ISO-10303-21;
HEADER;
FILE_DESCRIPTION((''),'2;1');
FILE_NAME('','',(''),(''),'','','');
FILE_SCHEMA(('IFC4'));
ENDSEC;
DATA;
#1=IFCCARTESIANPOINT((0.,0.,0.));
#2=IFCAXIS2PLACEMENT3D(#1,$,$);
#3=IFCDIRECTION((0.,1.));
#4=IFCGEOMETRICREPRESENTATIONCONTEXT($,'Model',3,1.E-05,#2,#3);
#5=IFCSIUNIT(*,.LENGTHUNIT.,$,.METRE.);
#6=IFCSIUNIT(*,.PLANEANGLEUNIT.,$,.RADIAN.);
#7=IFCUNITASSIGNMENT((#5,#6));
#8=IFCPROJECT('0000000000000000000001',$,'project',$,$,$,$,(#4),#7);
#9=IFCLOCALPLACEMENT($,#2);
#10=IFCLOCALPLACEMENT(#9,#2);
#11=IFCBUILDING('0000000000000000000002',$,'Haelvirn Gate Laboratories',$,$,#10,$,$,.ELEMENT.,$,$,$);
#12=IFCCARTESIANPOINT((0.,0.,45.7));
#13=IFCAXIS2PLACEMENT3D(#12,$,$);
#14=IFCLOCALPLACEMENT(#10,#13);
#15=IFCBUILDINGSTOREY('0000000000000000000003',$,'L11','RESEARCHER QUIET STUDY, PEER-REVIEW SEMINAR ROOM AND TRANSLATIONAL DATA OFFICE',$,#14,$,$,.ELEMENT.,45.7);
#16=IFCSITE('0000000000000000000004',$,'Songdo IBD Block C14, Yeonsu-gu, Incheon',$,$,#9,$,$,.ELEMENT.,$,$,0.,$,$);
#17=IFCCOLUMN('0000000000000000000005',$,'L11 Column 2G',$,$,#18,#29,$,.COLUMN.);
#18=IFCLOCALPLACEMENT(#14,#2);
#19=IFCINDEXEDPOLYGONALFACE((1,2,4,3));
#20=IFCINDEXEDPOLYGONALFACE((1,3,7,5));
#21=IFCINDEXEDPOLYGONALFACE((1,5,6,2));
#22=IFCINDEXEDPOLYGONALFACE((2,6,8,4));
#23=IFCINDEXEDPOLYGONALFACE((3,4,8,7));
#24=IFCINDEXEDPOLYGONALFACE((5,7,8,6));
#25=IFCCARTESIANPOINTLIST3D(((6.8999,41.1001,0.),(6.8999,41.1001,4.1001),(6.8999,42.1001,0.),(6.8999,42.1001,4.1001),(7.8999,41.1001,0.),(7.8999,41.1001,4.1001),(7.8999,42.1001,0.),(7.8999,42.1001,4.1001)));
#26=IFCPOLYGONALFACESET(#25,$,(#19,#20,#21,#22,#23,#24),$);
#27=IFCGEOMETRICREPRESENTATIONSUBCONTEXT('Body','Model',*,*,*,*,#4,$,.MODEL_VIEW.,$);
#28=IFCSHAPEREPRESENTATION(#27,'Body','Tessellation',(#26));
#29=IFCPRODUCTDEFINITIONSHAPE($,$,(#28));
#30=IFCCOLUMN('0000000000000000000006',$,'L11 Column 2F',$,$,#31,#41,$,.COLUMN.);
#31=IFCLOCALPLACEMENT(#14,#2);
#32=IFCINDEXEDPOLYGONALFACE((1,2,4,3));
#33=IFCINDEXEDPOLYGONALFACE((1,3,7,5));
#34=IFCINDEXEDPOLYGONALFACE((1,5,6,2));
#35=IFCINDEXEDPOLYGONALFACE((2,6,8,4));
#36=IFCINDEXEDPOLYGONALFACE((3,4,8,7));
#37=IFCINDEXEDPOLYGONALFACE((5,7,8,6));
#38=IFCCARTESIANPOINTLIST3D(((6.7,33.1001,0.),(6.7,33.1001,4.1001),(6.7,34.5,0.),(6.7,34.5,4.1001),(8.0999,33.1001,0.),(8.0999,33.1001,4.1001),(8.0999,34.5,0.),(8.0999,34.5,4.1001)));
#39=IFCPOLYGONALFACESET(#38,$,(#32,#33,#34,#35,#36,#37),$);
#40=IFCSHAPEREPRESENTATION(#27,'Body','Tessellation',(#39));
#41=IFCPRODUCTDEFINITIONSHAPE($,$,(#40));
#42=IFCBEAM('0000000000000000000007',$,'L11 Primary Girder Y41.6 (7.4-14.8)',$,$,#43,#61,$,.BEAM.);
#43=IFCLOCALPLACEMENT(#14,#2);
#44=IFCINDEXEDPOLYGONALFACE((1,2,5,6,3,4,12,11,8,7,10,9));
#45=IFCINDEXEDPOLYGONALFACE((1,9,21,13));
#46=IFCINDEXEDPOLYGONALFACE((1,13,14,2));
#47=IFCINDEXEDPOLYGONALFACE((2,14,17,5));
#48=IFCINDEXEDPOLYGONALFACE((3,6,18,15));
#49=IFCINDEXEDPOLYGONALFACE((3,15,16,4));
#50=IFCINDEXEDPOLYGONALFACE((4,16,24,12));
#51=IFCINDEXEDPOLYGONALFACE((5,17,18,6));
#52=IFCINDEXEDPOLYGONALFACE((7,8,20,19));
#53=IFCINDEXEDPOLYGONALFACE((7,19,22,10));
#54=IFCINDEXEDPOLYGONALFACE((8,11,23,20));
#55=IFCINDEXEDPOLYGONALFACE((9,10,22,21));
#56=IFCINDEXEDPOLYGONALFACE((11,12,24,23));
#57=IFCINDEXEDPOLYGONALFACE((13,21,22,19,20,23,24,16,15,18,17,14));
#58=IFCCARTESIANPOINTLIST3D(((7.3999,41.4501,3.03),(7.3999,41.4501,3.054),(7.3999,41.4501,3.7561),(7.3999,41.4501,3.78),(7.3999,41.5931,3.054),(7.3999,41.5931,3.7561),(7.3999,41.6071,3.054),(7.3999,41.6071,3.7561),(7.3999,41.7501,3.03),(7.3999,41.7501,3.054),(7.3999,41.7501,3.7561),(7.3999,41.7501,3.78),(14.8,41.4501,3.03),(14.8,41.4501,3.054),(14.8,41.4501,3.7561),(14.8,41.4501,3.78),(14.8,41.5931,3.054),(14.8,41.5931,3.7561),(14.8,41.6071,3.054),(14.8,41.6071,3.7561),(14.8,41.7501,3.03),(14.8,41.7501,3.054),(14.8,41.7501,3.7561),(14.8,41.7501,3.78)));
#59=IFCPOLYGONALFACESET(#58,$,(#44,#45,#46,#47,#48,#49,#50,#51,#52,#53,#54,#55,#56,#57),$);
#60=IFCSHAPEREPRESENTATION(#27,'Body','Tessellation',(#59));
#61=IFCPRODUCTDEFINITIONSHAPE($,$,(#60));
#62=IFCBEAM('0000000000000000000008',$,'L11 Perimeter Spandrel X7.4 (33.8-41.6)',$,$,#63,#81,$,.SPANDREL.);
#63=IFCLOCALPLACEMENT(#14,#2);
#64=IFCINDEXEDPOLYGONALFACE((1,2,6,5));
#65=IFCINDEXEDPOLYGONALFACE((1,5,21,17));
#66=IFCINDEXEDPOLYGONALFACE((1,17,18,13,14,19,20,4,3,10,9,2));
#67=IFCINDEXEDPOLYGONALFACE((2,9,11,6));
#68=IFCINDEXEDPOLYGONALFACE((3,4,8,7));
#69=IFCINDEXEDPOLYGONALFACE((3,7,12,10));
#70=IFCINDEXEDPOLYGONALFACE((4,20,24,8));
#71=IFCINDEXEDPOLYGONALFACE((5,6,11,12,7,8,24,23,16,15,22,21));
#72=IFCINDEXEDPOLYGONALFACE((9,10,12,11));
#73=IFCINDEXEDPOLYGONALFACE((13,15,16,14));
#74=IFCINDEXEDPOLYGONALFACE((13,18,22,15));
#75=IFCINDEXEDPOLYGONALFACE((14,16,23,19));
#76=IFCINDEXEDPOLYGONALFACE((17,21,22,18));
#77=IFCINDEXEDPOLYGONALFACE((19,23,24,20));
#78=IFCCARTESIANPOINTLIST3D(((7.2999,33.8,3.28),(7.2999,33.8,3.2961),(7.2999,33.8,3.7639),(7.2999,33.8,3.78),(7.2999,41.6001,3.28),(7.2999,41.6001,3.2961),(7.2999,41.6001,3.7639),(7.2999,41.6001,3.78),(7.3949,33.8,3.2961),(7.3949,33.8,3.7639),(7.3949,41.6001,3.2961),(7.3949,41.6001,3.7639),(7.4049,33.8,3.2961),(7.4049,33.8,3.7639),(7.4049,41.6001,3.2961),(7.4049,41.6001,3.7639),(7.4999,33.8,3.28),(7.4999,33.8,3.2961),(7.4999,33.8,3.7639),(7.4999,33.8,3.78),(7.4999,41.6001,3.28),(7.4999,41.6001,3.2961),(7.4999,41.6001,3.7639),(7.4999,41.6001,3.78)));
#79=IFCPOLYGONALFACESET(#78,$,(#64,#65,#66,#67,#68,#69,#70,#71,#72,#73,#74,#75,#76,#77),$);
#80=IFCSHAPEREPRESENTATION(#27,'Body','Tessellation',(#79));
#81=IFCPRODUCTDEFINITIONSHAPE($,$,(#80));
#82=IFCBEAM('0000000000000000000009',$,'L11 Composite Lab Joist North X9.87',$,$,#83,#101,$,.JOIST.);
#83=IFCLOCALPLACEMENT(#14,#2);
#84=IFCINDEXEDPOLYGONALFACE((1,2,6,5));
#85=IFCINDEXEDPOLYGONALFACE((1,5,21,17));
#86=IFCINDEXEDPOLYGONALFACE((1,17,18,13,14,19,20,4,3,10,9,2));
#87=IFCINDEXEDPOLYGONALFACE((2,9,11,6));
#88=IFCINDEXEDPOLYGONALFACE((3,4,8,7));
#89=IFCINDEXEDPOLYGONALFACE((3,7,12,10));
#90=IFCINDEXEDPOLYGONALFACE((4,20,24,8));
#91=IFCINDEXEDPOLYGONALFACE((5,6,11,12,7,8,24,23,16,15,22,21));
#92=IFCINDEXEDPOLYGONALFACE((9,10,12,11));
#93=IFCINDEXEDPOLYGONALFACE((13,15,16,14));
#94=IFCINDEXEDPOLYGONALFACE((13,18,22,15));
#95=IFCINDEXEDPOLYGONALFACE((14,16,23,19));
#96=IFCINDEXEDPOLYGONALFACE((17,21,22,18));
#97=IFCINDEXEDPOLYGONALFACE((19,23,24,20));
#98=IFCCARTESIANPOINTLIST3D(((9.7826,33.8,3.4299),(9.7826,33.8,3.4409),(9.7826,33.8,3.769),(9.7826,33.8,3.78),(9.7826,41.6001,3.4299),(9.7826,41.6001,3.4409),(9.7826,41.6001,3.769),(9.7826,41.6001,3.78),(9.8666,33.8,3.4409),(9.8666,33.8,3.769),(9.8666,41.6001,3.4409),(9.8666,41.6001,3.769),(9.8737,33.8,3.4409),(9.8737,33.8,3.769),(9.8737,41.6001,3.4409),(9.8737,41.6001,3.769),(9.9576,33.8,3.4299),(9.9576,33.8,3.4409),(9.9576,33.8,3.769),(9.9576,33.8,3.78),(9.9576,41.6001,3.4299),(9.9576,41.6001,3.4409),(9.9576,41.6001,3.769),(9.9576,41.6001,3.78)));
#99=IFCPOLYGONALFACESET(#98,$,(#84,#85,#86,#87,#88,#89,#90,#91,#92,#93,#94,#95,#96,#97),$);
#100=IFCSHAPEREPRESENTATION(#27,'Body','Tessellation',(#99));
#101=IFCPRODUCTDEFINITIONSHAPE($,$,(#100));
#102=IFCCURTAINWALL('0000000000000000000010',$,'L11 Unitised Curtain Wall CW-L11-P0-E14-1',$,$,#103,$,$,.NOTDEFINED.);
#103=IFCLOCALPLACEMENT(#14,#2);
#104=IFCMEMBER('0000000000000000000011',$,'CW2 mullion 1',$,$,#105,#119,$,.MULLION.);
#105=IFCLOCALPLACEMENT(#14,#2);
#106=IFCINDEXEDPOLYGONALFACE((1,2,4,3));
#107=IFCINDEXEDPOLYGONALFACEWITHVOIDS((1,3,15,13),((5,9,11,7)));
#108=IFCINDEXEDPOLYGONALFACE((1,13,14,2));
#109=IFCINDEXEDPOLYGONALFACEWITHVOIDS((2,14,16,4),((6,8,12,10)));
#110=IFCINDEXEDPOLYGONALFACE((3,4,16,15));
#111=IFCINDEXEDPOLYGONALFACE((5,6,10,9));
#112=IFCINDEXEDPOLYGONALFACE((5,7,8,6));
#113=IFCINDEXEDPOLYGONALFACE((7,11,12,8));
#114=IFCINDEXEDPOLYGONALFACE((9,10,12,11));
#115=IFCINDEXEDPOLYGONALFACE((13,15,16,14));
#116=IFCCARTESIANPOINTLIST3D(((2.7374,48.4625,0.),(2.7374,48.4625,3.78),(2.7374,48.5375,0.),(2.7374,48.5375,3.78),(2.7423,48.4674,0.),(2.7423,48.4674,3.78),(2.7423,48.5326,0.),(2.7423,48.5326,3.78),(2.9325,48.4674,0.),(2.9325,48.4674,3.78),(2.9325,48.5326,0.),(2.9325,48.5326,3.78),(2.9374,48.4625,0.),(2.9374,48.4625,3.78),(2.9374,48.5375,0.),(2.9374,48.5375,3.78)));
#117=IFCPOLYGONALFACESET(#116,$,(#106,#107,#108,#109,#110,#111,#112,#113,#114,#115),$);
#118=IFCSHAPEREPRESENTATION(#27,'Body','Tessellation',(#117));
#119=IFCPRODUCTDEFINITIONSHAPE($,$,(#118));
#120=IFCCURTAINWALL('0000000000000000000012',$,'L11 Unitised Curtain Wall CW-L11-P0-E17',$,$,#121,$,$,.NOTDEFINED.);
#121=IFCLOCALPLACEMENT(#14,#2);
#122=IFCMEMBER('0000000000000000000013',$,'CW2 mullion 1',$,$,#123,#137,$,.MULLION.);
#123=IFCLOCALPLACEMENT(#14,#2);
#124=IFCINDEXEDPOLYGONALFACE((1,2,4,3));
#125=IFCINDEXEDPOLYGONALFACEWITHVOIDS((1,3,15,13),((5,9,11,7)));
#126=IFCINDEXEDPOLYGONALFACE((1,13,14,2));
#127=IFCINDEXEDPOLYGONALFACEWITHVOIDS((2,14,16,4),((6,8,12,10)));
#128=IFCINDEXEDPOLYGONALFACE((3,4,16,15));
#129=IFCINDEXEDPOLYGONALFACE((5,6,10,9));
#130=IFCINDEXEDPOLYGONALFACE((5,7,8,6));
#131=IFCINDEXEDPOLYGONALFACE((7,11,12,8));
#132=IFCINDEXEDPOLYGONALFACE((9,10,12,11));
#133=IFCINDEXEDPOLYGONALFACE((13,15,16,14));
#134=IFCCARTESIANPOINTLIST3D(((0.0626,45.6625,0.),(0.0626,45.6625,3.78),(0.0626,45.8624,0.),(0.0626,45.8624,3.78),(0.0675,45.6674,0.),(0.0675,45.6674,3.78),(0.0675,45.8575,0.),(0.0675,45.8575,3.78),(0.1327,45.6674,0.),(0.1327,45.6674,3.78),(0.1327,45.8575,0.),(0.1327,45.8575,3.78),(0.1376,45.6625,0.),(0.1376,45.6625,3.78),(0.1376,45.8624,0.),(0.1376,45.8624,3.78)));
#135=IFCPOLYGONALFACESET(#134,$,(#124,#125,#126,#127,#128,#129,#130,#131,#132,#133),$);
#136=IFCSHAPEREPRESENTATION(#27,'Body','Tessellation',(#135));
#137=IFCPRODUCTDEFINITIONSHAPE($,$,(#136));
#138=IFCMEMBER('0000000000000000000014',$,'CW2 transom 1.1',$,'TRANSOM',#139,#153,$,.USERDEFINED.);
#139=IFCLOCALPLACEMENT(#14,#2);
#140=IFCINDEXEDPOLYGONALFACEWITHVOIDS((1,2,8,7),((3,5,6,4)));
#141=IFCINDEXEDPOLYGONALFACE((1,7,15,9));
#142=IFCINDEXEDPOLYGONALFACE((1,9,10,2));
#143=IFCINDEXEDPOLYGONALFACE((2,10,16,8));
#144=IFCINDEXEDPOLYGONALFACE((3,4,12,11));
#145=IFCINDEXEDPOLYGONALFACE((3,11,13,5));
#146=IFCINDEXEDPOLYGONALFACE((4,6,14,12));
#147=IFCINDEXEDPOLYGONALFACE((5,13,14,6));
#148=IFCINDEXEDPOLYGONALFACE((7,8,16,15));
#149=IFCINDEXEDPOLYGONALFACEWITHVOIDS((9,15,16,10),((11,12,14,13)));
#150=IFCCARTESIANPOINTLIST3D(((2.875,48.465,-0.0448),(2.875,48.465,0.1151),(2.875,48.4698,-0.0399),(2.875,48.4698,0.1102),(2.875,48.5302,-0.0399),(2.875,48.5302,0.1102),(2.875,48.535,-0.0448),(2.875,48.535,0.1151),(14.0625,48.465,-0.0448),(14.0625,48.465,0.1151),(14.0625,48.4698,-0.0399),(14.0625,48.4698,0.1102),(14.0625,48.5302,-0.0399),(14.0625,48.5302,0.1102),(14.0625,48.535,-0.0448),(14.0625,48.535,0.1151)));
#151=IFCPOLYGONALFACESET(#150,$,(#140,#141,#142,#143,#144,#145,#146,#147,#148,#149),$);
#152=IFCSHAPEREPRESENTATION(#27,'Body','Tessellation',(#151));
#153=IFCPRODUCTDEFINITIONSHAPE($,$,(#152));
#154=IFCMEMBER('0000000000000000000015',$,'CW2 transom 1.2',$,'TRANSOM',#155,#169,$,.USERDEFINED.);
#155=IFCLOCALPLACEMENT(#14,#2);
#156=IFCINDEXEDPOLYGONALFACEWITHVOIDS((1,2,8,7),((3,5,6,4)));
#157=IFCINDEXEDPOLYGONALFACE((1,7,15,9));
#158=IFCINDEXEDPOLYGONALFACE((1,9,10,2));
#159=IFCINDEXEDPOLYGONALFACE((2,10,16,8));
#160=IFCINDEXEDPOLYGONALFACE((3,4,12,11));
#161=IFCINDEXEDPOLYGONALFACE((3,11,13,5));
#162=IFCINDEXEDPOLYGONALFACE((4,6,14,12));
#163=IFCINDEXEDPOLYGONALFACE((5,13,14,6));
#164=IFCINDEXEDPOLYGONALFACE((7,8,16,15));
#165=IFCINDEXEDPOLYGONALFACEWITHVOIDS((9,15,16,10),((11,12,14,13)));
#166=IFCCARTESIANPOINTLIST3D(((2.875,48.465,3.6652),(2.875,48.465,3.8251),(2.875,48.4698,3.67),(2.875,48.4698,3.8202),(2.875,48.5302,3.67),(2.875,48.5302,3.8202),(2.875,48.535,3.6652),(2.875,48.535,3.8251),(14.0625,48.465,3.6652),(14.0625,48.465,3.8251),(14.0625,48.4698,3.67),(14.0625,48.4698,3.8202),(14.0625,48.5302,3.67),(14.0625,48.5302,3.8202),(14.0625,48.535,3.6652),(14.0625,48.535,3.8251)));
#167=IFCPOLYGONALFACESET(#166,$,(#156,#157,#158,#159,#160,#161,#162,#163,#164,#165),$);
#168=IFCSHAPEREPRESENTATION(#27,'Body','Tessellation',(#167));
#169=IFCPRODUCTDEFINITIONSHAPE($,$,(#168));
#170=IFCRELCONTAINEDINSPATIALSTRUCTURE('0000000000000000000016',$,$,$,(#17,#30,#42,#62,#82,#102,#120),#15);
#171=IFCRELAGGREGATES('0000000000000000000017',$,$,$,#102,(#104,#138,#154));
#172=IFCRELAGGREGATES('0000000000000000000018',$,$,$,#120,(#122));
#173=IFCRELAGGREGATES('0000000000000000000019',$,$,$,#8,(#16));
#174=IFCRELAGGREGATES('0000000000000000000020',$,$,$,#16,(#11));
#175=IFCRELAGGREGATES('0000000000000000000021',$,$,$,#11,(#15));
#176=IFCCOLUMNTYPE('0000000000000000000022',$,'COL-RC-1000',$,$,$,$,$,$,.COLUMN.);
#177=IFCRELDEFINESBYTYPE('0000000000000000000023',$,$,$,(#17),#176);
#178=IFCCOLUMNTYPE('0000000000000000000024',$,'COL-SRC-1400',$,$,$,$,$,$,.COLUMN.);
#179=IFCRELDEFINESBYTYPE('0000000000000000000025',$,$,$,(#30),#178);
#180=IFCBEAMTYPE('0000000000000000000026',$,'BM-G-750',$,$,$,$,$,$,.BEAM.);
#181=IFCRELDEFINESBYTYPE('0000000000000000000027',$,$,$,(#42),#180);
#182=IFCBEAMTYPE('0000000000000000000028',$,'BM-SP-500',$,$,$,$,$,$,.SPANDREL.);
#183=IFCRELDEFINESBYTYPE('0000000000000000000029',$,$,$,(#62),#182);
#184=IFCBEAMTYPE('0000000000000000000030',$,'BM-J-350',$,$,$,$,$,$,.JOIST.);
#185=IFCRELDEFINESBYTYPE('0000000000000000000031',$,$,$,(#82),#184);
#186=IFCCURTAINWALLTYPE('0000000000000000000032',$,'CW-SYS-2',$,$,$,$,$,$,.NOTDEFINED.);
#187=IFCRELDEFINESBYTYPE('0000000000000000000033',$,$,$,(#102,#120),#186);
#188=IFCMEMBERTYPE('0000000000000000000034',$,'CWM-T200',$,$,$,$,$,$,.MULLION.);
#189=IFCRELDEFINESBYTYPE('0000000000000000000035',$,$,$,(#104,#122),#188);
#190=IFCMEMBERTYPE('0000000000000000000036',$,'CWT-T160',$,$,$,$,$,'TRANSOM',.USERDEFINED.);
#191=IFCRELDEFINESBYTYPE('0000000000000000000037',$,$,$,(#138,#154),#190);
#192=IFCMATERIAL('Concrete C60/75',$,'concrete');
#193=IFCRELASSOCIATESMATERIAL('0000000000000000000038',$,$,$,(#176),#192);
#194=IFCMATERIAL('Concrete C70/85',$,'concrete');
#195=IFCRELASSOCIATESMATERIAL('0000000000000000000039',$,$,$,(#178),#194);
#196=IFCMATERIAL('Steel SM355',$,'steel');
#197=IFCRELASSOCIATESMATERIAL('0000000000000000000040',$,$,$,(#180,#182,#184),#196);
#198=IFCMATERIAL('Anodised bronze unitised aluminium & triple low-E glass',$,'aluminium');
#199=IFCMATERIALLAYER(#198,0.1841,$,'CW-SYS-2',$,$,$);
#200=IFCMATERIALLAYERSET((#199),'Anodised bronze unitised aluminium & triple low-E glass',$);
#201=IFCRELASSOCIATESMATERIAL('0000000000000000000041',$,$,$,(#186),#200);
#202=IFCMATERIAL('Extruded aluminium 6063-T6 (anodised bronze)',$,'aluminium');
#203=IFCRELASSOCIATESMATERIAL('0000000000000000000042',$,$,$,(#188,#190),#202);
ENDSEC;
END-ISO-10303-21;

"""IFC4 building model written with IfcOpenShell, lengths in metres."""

from ifc_helpers import new_model, si_unit, direction, frame, origin, origin_2d, place, context, subcontext, project, spatial, rectangle, hollow_rectangle, i_section, extrude, source, transform, mapped, material, layer, layer_set, material_profile, profile_set, type_object, type_shapes, element, aggregate, save


model = new_model("IFC4")

# Units and contexts
model_context = context("Model", 3, precision=1e-05, world=origin(), true_north=direction((0.0, 1.0)))
body_context = subcontext(model_context, "Body", "Model", "MODEL_VIEW")
ifc_project = project(units=[si_unit("LENGTHUNIT", "METRE"), si_unit("PLANEANGLEUNIT", "RADIAN")], contexts=[model_context])

# Site, building, storey
site_placement = place(None, origin())
site = spatial("IfcSite", under=ifc_project, at=site_placement, Name="Songdo IBD Block C14, Yeonsu-gu, Incheon", CompositionType="ELEMENT", RefElevation=0.0)
building_placement = place(site_placement, origin())
building = spatial("IfcBuilding", under=site, at=building_placement, Name="Haelvirn Gate Laboratories", CompositionType="ELEMENT")
storey_placement = place(building_placement, frame((0.0, 0.0, 45.7)))
storey = spatial("IfcBuildingStorey", under=building, at=storey_placement, Name="L11", Description="RESEARCHER QUIET STUDY, PEER-REVIEW SEMINAR ROOM AND TRANSLATIONAL DATA OFFICE", CompositionType="ELEMENT", Elevation=45.7)

# Columns
ifc_material_1 = material(Name="Concrete C60/75", Category="concrete")
ifc_material_profile_1 = material_profile(ifc_material_1, rectangle(XDim=1.0, YDim=1.0, at=origin_2d()), Name="RC-1000x1000")
ifc_profile_set_1 = profile_set([ifc_material_profile_1], Name="Concrete C60/75")
column_type_1 = type_object("IfcColumnType", Name="COL-RC-1000", PredefinedType="COLUMN", material=ifc_profile_set_1)
shared_shape_1 = source(origin(), body_context, "Body", "SweptSolid", [
    extrude(rectangle(XDim=1.0, YDim=1.0, at=origin_2d()), origin(), (0.0, 0.0, 1.0), 4.1001),
])
type_shapes(column_type_1, [shared_shape_1])
column_1_placement = place(storey_placement, frame((7.3999, 41.6001, 0.0), z_axis=(0.0, 0.0, 1.0), x_axis=(1.0, 0.0, 0.0)))
element("IfcColumn", 1, at=column_1_placement, inside=storey, type_object=column_type_1, Name="L11 Column 2G", PredefinedType="COLUMN", context=body_context, shape_type="MappedRepresentation", body=[
    mapped(shared_shape_1, transform((0.0, 0.0, 0.0), scale=1.0)),
])
ifc_material_2 = material(Name="Concrete C70/85", Category="concrete")
ifc_material_profile_2 = material_profile(ifc_material_2, rectangle(XDim=1.3999, YDim=1.3999, at=origin_2d()), Name="SRC-1400x1400")
ifc_profile_set_2 = profile_set([ifc_material_profile_2], Name="Concrete C70/85")
column_type_2 = type_object("IfcColumnType", Name="COL-SRC-1400", PredefinedType="COLUMN", material=ifc_profile_set_2)
shared_shape_2 = source(origin(), body_context, "Body", "SweptSolid", [
    extrude(rectangle(XDim=1.3999, YDim=1.3999, at=origin_2d()), origin(), (0.0, 0.0, 1.0), 4.1001),
])
type_shapes(column_type_2, [shared_shape_2])
column_2_placement = place(storey_placement, frame((7.3999, 33.8, 0.0), z_axis=(0.0, 0.0, 1.0), x_axis=(1.0, 0.0, 0.0)))
element("IfcColumn", 2, at=column_2_placement, inside=storey, type_object=column_type_2, Name="L11 Column 2F", PredefinedType="COLUMN", context=body_context, shape_type="MappedRepresentation", body=[
    mapped(shared_shape_2, transform((0.0, 0.0, 0.0), scale=1.0)),
])

# Beams
ifc_material_3 = material(Name="Steel SM355", Category="steel")
ifc_material_profile_3 = material_profile(ifc_material_3, i_section(OverallWidth=0.3, OverallDepth=0.75, WebThickness=0.0139, FlangeThickness=0.0239, at=origin_2d()), Name="H-750x300x14x24")
ifc_profile_set_3 = profile_set([ifc_material_profile_3], Name="Steel SM355")
beam_type_1 = type_object("IfcBeamType", Name="BM-G-750", PredefinedType="BEAM", material=ifc_profile_set_3)
shared_shape_3 = source(origin(), body_context, "Body", "SweptSolid", [
    extrude(i_section(OverallWidth=0.3, OverallDepth=0.75, WebThickness=0.0139, FlangeThickness=0.0239, at=origin_2d()), origin(), (0.0, 0.0, 1.0), 7.4001),
])
type_shapes(beam_type_1, [shared_shape_3])
beam_1_placement = place(storey_placement, frame((7.3999, 41.6001, 3.405), z_axis=(1.0, 0.0, 0.0), x_axis=(0.0, 1.0, 0.0)))
element("IfcBeam", 3, at=beam_1_placement, inside=storey, type_object=beam_type_1, Name="L11 Primary Girder Y41.6 (7.4-14.8)", PredefinedType="BEAM", context=body_context, shape_type="MappedRepresentation", body=[
    mapped(shared_shape_3, transform((0.0, 0.0, 0.0), scale=1.0)),
])
ifc_material_profile_4 = material_profile(ifc_material_3, i_section(OverallWidth=0.2, OverallDepth=0.5, WebThickness=0.01, FlangeThickness=0.0161, at=origin_2d()), Name="H-500x200x10x16")
ifc_profile_set_4 = profile_set([ifc_material_profile_4], Name="Steel SM355")
beam_type_2 = type_object("IfcBeamType", Name="BM-SP-500", PredefinedType="SPANDREL", material=ifc_profile_set_4)
shared_shape_4 = source(origin(), body_context, "Body", "SweptSolid", [
    extrude(i_section(OverallWidth=0.2, OverallDepth=0.5, WebThickness=0.01, FlangeThickness=0.0161, at=origin_2d()), origin(), (0.0, 0.0, 1.0), 7.8),
])
type_shapes(beam_type_2, [shared_shape_4])
beam_2_placement = place(storey_placement, frame((7.3999, 33.8, 3.53), z_axis=(0.0, 1.0, 0.0), x_axis=(-1.0, 0.0, 0.0)))
element("IfcBeam", 4, at=beam_2_placement, inside=storey, type_object=beam_type_2, Name="L11 Perimeter Spandrel X7.4 (33.8-41.6)", PredefinedType="SPANDREL", context=body_context, shape_type="MappedRepresentation", body=[
    mapped(shared_shape_4, transform((0.0, 0.0, 0.0), scale=1.0)),
])
ifc_material_profile_5 = material_profile(ifc_material_3, i_section(OverallWidth=0.175, OverallDepth=0.3501, WebThickness=0.0071, FlangeThickness=0.011, at=origin_2d()), Name="H-350x175x7x11")
ifc_profile_set_5 = profile_set([ifc_material_profile_5], Name="Steel SM355")
beam_type_3 = type_object("IfcBeamType", Name="BM-J-350", PredefinedType="JOIST", material=ifc_profile_set_5)
shared_shape_5 = source(origin(), body_context, "Body", "SweptSolid", [
    extrude(i_section(OverallWidth=0.175, OverallDepth=0.3501, WebThickness=0.0071, FlangeThickness=0.011, at=origin_2d()), origin(), (0.0, 0.0, 1.0), 7.8),
])
type_shapes(beam_type_3, [shared_shape_5])
beam_3_placement = place(storey_placement, frame((9.8701, 33.8, 3.605), z_axis=(0.0, 1.0, 0.0), x_axis=(-1.0, 0.0, 0.0)))
element("IfcBeam", 5, at=beam_3_placement, inside=storey, type_object=beam_type_3, Name="L11 Composite Lab Joist North X9.87", PredefinedType="JOIST", context=body_context, shape_type="MappedRepresentation", body=[
    mapped(shared_shape_5, transform((0.0, 0.0, 0.0), scale=1.0)),
])

# Curtain walls, members
ifc_material_4 = material(Name="Anodised bronze unitised aluminium & triple low-E glass", Category="aluminium")
ifc_layer_1 = layer(ifc_material_4, 0.1841, Name="CW-SYS-2")
ifc_layer_set_1 = layer_set([ifc_layer_1], Name="Anodised bronze unitised aluminium & triple low-E glass")
curtain_wall_type_1 = type_object("IfcCurtainWallType", Name="CW-SYS-2", PredefinedType="NOTDEFINED", material=ifc_layer_set_1)
curtain_wall_1_placement = place(storey_placement, origin())
curtain_wall_1 = element("IfcCurtainWall", 6, at=curtain_wall_1_placement, inside=storey, type_object=curtain_wall_type_1, Name="L11 Unitised Curtain Wall CW-L11-P0-E14-1", PredefinedType="NOTDEFINED")
ifc_material_5 = material(Name="Extruded aluminium 6063-T6 (anodised bronze)", Category="aluminium")
ifc_material_profile_6 = material_profile(ifc_material_5, hollow_rectangle(XDim=0.075, YDim=0.2, WallThickness=0.0049, at=origin_2d()), Name="CWM-200x75x5")
ifc_profile_set_6 = profile_set([ifc_material_profile_6], Name="Extruded aluminium 6063-T6 (anodised bronze)")
member_type_1 = type_object("IfcMemberType", Name="CWM-T200", PredefinedType="MULLION", material=ifc_profile_set_6)
shared_shape_6 = source(origin(), body_context, "Body", "SweptSolid", [
    extrude(hollow_rectangle(XDim=0.075, YDim=0.2, WallThickness=0.0049, at=origin_2d()), origin(), (0.0, 0.0, 1.0), 3.78),
])
type_shapes(member_type_1, [shared_shape_6])
member_1_placement = place(storey_placement, frame((2.8374, 48.5, 0.0), z_axis=(0.0, 0.0, 1.0), x_axis=(0.0, 1.0, 0.0)))
member_1 = element("IfcMember", 7, at=member_1_placement, type_object=member_type_1, Name="CW2 mullion 1", PredefinedType="MULLION", context=body_context, shape_type="MappedRepresentation", body=[
    mapped(shared_shape_6, transform((0.0, 0.0, 0.0), scale=1.0)),
])
curtain_wall_2_placement = place(storey_placement, origin())
curtain_wall_2 = element("IfcCurtainWall", 8, at=curtain_wall_2_placement, inside=storey, type_object=curtain_wall_type_1, Name="L11 Unitised Curtain Wall CW-L11-P0-E17", PredefinedType="NOTDEFINED")
member_2_placement = place(storey_placement, frame((0.1001, 45.7625, 0.0), z_axis=(0.0, 0.0, 1.0), x_axis=(1.0, 0.0, 0.0)))
member_2 = element("IfcMember", 9, at=member_2_placement, type_object=member_type_1, Name="CW2 mullion 1", PredefinedType="MULLION", context=body_context, shape_type="MappedRepresentation", body=[
    mapped(shared_shape_6, transform((0.0, 0.0, 0.0), scale=1.0)),
])

# Members
ifc_material_profile_7 = material_profile(ifc_material_5, hollow_rectangle(XDim=0.0701, YDim=0.1599, WallThickness=0.0049, at=origin_2d()), Name="CWT-160x70x5")
ifc_profile_set_7 = profile_set([ifc_material_profile_7], Name="Extruded aluminium 6063-T6 (anodised bronze)")
member_type_2 = type_object("IfcMemberType", Name="CWT-T160", ElementType="TRANSOM", PredefinedType="USERDEFINED", material=ifc_profile_set_7)
shared_shape_7 = source(origin(), body_context, "Body", "SweptSolid", [
    extrude(hollow_rectangle(XDim=0.0701, YDim=0.1599, WallThickness=0.0049, at=origin_2d()), origin(), (0.0, 0.0, 1.0), 11.1875),
])
member_3_placement = place(storey_placement, frame((2.875, 48.5, 0.0352), z_axis=(1.0, 0.0, 0.0), x_axis=(0.0, 1.0, 0.0)))
member_3 = element("IfcMember", 10, at=member_3_placement, type_object=member_type_2, Name="CW2 transom 1.1", ObjectType="TRANSOM", PredefinedType="USERDEFINED", context=body_context, shape_type="MappedRepresentation", body=[
    mapped(shared_shape_7, transform((0.0, 0.0, 0.0), scale=1.0)),
])
member_4_placement = place(storey_placement, frame((2.875, 48.5, 3.7451), z_axis=(1.0, 0.0, 0.0), x_axis=(0.0, 1.0, 0.0)))
member_4 = element("IfcMember", 11, at=member_4_placement, type_object=member_type_2, Name="CW2 transom 1.2", ObjectType="TRANSOM", PredefinedType="USERDEFINED", context=body_context, shape_type="MappedRepresentation", body=[
    mapped(shared_shape_7, transform((0.0, 0.0, 0.0), scale=1.0)),
])

aggregate(curtain_wall_1, [member_1, member_3, member_4])
aggregate(curtain_wall_2, [member_2])

save(model, "model.ifc")
